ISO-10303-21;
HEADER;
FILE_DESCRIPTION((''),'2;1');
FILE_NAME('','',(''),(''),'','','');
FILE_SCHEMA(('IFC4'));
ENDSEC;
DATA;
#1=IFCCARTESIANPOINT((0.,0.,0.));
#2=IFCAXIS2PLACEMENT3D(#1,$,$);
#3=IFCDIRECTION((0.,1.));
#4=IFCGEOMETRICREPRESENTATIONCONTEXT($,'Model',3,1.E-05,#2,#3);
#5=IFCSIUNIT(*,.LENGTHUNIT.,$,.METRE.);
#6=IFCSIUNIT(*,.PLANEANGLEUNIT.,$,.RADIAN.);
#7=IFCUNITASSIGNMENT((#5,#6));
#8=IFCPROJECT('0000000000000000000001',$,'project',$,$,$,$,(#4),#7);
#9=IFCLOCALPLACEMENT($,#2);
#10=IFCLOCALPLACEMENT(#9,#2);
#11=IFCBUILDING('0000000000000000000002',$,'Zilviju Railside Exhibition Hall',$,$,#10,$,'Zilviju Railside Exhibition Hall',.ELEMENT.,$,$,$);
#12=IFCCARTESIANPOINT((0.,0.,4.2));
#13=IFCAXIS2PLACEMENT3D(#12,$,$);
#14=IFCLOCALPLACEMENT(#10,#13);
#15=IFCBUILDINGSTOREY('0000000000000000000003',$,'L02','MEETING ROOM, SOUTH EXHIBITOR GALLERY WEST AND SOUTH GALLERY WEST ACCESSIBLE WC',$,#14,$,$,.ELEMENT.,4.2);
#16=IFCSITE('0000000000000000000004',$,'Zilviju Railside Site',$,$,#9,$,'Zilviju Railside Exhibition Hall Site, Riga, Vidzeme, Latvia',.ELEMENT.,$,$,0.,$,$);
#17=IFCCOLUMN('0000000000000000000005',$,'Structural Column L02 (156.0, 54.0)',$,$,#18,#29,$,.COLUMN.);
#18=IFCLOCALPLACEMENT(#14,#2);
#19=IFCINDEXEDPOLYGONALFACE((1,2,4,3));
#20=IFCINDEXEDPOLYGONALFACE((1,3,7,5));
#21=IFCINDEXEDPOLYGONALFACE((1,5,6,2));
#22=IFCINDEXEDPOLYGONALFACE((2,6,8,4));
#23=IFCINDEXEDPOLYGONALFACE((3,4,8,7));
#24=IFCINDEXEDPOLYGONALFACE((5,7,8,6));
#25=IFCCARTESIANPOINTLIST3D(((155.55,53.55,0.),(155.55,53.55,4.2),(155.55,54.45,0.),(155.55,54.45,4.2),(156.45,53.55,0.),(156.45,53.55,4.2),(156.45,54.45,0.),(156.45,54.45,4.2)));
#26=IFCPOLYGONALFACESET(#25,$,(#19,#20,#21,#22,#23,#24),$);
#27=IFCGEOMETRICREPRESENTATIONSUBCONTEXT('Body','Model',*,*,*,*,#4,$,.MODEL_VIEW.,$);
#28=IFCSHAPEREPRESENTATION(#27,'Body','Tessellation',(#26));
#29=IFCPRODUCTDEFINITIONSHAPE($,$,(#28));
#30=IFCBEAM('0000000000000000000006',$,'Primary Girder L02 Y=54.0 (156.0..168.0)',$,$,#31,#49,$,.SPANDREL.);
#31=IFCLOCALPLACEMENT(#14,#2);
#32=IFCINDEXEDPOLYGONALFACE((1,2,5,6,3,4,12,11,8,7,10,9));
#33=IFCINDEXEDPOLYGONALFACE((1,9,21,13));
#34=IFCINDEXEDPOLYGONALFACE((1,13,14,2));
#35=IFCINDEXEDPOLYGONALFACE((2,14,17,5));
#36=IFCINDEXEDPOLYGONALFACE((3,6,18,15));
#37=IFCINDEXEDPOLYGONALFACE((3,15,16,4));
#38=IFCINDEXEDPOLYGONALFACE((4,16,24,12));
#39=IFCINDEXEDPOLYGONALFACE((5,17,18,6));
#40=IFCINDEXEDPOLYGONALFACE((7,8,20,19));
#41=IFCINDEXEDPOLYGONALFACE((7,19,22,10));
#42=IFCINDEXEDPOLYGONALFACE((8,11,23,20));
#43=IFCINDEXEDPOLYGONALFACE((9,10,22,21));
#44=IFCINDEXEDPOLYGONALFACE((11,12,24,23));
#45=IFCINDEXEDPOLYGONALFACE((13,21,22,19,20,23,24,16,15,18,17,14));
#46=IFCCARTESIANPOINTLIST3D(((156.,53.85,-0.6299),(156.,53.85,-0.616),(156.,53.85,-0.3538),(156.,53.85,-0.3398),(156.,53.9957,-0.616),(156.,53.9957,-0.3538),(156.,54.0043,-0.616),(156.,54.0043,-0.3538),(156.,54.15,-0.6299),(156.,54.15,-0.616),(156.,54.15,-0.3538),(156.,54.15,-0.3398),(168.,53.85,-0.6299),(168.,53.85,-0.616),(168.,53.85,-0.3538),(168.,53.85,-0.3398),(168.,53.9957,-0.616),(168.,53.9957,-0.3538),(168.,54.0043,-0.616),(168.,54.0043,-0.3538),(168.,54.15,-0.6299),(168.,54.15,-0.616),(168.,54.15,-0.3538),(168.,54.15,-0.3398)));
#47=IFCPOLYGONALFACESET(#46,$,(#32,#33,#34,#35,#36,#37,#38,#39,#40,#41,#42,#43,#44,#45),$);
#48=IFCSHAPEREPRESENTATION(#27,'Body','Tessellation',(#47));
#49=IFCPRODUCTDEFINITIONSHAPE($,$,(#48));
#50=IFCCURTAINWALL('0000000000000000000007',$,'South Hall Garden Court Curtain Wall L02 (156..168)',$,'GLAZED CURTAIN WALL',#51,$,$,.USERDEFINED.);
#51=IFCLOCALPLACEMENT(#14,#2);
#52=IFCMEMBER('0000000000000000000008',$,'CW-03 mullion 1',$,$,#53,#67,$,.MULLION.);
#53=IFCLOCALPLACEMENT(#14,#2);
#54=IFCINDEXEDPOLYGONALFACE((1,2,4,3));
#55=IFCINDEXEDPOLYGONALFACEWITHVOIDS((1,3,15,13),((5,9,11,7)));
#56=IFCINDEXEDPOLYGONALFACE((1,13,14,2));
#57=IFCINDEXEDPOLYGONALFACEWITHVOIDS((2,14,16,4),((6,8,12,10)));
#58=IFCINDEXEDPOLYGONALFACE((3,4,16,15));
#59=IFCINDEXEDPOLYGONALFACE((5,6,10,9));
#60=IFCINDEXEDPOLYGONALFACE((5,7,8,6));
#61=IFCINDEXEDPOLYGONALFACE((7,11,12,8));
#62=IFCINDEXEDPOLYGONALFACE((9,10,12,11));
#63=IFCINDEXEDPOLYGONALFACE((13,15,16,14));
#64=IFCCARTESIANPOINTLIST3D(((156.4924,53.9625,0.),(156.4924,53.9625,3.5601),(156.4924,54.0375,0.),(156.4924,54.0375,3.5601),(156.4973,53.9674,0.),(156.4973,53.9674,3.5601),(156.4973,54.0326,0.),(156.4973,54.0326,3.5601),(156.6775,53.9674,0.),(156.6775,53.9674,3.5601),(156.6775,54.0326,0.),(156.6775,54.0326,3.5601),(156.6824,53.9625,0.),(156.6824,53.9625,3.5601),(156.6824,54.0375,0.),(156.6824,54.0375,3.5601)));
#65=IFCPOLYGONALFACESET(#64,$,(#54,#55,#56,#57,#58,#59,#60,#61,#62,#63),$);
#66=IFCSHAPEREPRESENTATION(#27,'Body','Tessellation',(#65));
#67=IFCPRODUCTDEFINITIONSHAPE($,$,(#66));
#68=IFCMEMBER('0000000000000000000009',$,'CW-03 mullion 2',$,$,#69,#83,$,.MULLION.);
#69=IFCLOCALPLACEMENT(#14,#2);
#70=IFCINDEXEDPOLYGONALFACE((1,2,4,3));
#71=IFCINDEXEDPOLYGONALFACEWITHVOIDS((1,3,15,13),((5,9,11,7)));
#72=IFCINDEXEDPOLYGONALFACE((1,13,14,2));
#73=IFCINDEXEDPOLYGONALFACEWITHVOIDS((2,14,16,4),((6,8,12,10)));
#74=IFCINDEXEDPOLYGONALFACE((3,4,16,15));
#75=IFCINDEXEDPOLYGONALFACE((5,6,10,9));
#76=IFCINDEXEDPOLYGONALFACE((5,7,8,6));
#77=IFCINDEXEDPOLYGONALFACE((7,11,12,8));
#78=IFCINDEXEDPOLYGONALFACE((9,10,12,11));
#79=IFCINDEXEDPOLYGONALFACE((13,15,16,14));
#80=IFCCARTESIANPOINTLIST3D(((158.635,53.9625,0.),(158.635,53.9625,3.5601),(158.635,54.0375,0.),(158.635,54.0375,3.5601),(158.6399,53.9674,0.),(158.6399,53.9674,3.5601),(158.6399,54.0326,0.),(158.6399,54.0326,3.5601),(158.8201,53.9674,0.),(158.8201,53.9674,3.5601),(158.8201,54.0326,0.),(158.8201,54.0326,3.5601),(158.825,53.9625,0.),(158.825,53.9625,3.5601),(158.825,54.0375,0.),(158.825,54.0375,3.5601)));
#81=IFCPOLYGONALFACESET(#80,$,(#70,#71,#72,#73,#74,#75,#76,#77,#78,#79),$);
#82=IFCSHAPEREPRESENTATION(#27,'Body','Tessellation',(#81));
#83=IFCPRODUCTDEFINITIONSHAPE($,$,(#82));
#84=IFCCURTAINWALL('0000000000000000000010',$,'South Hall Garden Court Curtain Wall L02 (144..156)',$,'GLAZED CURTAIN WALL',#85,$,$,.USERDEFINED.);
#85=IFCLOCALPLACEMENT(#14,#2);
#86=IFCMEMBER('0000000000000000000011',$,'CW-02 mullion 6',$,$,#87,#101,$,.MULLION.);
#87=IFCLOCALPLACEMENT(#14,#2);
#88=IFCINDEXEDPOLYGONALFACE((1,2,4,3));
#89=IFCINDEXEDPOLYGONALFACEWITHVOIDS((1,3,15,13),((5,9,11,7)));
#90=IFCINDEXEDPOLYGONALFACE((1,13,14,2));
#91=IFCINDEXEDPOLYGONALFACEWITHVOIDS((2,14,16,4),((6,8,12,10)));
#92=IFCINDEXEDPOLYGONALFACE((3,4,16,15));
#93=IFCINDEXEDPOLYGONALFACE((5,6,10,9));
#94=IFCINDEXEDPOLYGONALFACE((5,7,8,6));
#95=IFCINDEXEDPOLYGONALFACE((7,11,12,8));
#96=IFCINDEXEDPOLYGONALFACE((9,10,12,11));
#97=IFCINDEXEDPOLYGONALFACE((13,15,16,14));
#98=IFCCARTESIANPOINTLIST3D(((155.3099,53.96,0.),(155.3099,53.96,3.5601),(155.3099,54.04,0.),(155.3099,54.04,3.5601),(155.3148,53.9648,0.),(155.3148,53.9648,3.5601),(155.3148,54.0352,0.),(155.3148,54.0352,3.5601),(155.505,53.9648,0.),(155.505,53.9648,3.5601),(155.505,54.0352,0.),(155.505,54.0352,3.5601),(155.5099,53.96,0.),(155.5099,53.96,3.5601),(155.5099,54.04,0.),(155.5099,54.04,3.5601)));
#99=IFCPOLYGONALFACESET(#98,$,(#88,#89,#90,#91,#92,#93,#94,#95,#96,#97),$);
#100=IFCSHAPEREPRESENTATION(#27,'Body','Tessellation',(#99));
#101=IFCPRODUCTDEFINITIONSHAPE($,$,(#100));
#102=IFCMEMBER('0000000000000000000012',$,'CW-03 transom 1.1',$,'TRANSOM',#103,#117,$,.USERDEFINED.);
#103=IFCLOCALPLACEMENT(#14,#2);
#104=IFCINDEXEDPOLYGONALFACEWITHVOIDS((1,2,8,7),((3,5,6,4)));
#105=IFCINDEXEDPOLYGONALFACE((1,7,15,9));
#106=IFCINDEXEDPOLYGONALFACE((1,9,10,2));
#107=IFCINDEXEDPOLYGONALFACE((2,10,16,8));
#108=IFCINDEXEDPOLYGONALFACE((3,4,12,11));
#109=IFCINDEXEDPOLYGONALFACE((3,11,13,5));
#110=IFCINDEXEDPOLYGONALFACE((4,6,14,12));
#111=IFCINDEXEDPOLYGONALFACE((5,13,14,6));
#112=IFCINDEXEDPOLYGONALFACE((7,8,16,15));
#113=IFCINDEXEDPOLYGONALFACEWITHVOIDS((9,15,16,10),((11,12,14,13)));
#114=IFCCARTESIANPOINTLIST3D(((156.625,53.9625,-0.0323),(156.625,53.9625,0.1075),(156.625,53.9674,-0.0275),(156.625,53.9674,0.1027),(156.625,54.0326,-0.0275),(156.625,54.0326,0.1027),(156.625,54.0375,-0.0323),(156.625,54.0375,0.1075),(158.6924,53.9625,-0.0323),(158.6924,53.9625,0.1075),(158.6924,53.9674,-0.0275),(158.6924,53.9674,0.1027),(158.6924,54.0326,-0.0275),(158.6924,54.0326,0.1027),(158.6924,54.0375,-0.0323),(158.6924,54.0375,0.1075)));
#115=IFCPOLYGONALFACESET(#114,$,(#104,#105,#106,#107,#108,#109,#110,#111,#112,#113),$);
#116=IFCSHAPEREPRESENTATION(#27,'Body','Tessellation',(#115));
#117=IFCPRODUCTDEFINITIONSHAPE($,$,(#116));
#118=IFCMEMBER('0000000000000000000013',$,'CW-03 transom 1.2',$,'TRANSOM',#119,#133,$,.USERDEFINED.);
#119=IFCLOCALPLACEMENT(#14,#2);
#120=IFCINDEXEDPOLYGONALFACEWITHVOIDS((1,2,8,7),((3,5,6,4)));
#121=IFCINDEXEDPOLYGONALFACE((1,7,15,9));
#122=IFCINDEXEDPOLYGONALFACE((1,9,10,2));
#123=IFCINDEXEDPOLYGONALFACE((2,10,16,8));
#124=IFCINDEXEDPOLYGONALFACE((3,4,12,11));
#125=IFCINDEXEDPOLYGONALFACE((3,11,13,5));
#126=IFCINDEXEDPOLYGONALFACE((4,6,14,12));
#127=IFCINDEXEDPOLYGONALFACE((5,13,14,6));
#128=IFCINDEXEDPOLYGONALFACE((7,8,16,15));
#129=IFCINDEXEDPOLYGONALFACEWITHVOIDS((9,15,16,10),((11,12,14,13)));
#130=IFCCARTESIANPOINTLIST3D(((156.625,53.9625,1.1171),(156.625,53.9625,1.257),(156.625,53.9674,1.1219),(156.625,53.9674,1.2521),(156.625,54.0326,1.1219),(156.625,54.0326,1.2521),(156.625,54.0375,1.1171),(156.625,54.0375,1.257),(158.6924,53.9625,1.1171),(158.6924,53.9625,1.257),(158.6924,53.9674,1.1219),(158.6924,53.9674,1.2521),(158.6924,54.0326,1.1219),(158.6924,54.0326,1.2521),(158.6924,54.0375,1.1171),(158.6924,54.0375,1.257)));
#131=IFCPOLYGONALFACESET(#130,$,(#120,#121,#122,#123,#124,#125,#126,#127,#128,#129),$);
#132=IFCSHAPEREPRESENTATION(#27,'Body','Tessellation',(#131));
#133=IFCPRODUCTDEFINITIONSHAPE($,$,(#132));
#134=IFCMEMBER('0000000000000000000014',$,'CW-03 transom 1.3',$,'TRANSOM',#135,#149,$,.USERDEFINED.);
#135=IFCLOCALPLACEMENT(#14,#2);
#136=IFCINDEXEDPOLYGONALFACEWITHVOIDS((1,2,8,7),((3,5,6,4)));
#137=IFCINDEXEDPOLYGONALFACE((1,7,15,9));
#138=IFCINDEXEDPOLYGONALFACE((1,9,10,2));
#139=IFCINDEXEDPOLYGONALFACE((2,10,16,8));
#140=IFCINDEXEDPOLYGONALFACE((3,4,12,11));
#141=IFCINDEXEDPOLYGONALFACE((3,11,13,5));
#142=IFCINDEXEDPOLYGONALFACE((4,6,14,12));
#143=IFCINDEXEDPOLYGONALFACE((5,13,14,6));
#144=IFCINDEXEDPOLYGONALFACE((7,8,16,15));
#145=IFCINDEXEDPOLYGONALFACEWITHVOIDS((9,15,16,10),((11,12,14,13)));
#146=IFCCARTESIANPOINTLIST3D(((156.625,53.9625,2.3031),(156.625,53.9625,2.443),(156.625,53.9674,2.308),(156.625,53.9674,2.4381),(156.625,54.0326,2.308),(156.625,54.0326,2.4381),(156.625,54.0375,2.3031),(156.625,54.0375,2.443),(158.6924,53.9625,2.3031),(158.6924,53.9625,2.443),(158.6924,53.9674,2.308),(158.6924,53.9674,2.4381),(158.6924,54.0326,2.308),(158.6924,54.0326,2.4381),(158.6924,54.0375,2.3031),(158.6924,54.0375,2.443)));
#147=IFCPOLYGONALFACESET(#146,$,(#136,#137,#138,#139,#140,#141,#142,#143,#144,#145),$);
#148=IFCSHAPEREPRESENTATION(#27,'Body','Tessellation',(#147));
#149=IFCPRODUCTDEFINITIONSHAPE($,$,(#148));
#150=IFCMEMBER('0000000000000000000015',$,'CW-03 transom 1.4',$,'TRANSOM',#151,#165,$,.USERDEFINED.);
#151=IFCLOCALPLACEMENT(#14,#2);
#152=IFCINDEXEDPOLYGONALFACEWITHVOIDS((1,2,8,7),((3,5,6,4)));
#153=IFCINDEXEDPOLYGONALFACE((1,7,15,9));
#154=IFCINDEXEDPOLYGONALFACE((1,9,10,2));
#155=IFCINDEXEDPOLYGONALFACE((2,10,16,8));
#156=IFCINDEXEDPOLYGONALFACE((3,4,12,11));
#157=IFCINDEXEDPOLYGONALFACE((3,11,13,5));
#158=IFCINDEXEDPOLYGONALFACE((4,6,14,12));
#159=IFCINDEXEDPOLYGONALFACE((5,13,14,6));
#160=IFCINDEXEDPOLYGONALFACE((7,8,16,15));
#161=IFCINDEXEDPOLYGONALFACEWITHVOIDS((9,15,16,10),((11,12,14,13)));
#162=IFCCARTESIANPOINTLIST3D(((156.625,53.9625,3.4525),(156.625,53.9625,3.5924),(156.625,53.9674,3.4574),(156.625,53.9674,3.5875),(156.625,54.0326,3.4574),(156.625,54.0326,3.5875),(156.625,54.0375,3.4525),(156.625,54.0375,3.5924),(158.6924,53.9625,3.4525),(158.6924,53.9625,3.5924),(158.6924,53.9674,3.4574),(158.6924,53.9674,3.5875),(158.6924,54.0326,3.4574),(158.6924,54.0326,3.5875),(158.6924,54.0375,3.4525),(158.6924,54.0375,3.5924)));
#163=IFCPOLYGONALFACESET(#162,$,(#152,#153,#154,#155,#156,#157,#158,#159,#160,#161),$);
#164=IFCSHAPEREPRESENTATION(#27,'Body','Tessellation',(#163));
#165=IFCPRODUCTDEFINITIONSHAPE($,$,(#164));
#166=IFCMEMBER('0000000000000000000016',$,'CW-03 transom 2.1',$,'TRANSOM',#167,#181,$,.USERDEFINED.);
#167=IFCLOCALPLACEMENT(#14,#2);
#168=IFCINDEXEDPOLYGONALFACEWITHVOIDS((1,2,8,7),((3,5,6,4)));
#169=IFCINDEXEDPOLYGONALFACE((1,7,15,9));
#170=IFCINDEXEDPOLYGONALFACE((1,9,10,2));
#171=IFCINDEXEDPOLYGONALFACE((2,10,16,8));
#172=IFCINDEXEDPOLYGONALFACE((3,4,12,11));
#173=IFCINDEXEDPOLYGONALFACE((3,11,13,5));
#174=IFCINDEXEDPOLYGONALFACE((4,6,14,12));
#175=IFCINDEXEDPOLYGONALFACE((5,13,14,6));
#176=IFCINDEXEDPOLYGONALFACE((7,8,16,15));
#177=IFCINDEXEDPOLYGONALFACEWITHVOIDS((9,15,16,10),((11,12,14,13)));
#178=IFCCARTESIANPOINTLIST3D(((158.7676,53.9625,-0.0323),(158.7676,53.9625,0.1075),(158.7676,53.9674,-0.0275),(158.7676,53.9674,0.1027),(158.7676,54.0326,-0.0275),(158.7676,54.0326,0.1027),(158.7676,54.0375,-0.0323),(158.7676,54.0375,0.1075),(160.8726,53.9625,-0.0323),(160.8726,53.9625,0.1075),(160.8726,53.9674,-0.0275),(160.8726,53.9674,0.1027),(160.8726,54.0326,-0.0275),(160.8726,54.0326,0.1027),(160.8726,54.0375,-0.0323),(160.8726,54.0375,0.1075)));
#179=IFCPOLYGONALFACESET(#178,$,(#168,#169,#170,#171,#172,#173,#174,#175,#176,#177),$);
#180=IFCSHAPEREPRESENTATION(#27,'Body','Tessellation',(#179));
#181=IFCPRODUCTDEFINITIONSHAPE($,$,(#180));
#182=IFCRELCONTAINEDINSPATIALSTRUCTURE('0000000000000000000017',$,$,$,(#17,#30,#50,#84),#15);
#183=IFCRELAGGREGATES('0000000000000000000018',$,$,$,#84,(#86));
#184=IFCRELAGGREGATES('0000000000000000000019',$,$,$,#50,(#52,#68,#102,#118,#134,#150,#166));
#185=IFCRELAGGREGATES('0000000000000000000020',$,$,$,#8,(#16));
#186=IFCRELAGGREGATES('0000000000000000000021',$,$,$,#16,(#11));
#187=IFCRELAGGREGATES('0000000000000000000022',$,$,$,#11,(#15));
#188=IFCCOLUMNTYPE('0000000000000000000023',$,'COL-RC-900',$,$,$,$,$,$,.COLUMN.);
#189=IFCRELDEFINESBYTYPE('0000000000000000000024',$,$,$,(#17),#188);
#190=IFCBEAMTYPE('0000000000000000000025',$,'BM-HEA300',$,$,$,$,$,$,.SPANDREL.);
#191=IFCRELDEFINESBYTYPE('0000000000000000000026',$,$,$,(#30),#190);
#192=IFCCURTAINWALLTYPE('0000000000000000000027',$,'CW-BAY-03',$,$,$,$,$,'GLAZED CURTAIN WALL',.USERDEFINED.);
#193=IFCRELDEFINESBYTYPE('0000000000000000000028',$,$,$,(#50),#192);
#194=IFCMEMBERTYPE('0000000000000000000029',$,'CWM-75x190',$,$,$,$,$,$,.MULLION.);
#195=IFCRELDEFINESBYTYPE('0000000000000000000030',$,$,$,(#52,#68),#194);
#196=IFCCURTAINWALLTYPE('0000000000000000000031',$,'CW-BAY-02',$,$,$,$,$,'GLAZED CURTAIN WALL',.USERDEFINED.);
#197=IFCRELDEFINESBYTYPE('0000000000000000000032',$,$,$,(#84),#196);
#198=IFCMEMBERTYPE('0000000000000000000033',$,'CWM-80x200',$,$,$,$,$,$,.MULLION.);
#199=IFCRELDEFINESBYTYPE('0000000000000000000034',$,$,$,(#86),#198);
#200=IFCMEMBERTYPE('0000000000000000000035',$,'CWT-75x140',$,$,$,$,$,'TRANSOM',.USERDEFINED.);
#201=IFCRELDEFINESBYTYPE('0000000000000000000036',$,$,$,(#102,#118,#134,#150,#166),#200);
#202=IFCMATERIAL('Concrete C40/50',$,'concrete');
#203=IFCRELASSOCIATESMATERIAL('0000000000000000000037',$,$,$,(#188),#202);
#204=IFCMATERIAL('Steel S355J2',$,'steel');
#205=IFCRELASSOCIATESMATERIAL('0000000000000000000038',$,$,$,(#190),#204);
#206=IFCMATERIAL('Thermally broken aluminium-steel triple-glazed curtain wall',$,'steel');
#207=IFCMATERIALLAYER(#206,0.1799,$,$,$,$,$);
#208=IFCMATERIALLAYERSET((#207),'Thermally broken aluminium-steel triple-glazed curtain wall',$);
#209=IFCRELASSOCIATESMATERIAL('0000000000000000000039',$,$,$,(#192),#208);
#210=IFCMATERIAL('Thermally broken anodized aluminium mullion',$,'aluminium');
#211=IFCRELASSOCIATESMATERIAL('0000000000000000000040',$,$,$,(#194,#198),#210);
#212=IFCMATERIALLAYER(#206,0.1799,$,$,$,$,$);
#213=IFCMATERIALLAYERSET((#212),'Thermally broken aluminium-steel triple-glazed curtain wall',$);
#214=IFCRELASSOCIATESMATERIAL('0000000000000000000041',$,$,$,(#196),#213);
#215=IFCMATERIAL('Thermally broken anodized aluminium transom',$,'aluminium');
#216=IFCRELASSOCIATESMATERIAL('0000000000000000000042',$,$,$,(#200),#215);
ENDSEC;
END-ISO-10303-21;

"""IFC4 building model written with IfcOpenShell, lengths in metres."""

from ifc_helpers import new_model, si_unit, direction, frame, origin, origin_2d, place, context, subcontext, project, spatial, rectangle, hollow_rectangle, i_section, extrude, material, layer, layer_set, material_profile, profile_set, type_object, element, aggregate, save


model = new_model("IFC4")

# Units and contexts
model_context = context("Model", 3, precision=1e-05, world=origin(), true_north=direction((0.0, 1.0)))
body_context = subcontext(model_context, "Body", "Model", "MODEL_VIEW")
ifc_project = project(units=[si_unit("LENGTHUNIT", "METRE"), si_unit("PLANEANGLEUNIT", "RADIAN")], contexts=[model_context])

# Site, building, storey
site_placement = place(None, origin())
site = spatial("IfcSite", under=ifc_project, at=site_placement, Name="Zilviju Railside Site", LongName="Zilviju Railside Exhibition Hall Site, Riga, Vidzeme, Latvia", CompositionType="ELEMENT", RefElevation=0.0)
building_placement = place(site_placement, origin())
building = spatial("IfcBuilding", under=site, at=building_placement, Name="Zilviju Railside Exhibition Hall", LongName="Zilviju Railside Exhibition Hall", CompositionType="ELEMENT")
storey_placement = place(building_placement, frame((0.0, 0.0, 4.2)))
storey = spatial("IfcBuildingStorey", under=building, at=storey_placement, Name="L02", Description="MEETING ROOM, SOUTH EXHIBITOR GALLERY WEST AND SOUTH GALLERY WEST ACCESSIBLE WC", CompositionType="ELEMENT", Elevation=4.2)

# Column
ifc_material_1 = material(Name="Concrete C40/50", Category="concrete")
ifc_material_profile_1 = material_profile(ifc_material_1, rectangle(XDim=0.8999, YDim=0.8999, at=origin_2d()), Name="RC COL 900x900")
ifc_profile_set_1 = profile_set([ifc_material_profile_1], Name="Concrete C40/50")
column_type = type_object("IfcColumnType", Name="COL-RC-900", PredefinedType="COLUMN", material=ifc_profile_set_1)
column_placement = place(storey_placement, frame((156.0, 54.0, 0.0), z_axis=(0.0, 0.0, 1.0), x_axis=(1.0, 0.0, 0.0)))
element("IfcColumn", 1, at=column_placement, inside=storey, type_object=column_type, Name="Structural Column L02 (156.0, 54.0)", PredefinedType="COLUMN", context=body_context, shape_type="SweptSolid", body=[
    extrude(rectangle(XDim=0.8999, YDim=0.8999, at=origin_2d()), origin(), (0.0, 0.0, 1.0), 4.2),
])

# Beam
ifc_material_2 = material(Name="Steel S355J2", Category="steel")
ifc_material_profile_2 = material_profile(ifc_material_2, i_section(OverallWidth=0.3, OverallDepth=0.29, WebThickness=0.0085, FlangeThickness=0.0139, at=origin_2d()), Name="HEA 300")
ifc_profile_set_2 = profile_set([ifc_material_profile_2], Name="Steel S355J2")
beam_type = type_object("IfcBeamType", Name="BM-HEA300", PredefinedType="SPANDREL", material=ifc_profile_set_2)
beam_placement = place(storey_placement, frame((156.0, 54.0, -0.4849), z_axis=(1.0, 0.0, 0.0), x_axis=(0.0, 1.0, 0.0)))
element("IfcBeam", 2, at=beam_placement, inside=storey, type_object=beam_type, Name="Primary Girder L02 Y=54.0 (156.0..168.0)", PredefinedType="SPANDREL", context=body_context, shape_type="SweptSolid", body=[
    extrude(i_section(OverallWidth=0.3, OverallDepth=0.29, WebThickness=0.0085, FlangeThickness=0.0139, at=origin_2d()), origin(), (0.0, 0.0, 1.0), 12.0),
])

# Curtain wall, members
ifc_material_3 = material(Name="Thermally broken aluminium-steel triple-glazed curtain wall", Category="steel")
ifc_layer_1 = layer(ifc_material_3, 0.1799)
ifc_layer_set_1 = layer_set([ifc_layer_1], Name="Thermally broken aluminium-steel triple-glazed curtain wall")
curtain_wall_type_1 = type_object("IfcCurtainWallType", Name="CW-BAY-03", ElementType="GLAZED CURTAIN WALL", PredefinedType="USERDEFINED", material=ifc_layer_set_1)
curtain_wall_1_placement = place(storey_placement, origin())
curtain_wall_1 = element("IfcCurtainWall", 3, at=curtain_wall_1_placement, inside=storey, type_object=curtain_wall_type_1, Name="South Hall Garden Court Curtain Wall L02 (156..168)", ObjectType="GLAZED CURTAIN WALL", PredefinedType="USERDEFINED")
ifc_material_4 = material(Name="Thermally broken anodized aluminium mullion", Category="aluminium")
ifc_material_profile_3 = material_profile(ifc_material_4, hollow_rectangle(XDim=0.075, YDim=0.1899, WallThickness=0.0049, at=origin_2d()), Name="MULLION 190x75x5")
ifc_profile_set_3 = profile_set([ifc_material_profile_3], Name="Thermally broken anodized aluminium mullion")
member_type_1 = type_object("IfcMemberType", Name="CWM-75x190", PredefinedType="MULLION", material=ifc_profile_set_3)
member_1_placement = place(storey_placement, frame((156.5874, 54.0, 0.0), z_axis=(0.0, 0.0, 1.0), x_axis=(0.0, 1.0, 0.0)))
member_1 = element("IfcMember", 4, at=member_1_placement, type_object=member_type_1, Name="CW-03 mullion 1", PredefinedType="MULLION", context=body_context, shape_type="SweptSolid", body=[
    extrude(hollow_rectangle(XDim=0.075, YDim=0.1899, WallThickness=0.0049, at=origin_2d()), origin(), (0.0, 0.0, 1.0), 3.5601),
])
member_2_placement = place(storey_placement, frame((158.73, 54.0, 0.0), z_axis=(0.0, 0.0, 1.0), x_axis=(0.0, 1.0, 0.0)))
member_2 = element("IfcMember", 5, at=member_2_placement, type_object=member_type_1, Name="CW-03 mullion 2", PredefinedType="MULLION", context=body_context, shape_type="SweptSolid", body=[
    extrude(hollow_rectangle(XDim=0.075, YDim=0.1899, WallThickness=0.0049, at=origin_2d()), origin(), (0.0, 0.0, 1.0), 3.5601),
])

# Curtain wall, member
ifc_layer_2 = layer(ifc_material_3, 0.1799)
ifc_layer_set_2 = layer_set([ifc_layer_2], Name="Thermally broken aluminium-steel triple-glazed curtain wall")
curtain_wall_type_2 = type_object("IfcCurtainWallType", Name="CW-BAY-02", ElementType="GLAZED CURTAIN WALL", PredefinedType="USERDEFINED", material=ifc_layer_set_2)
curtain_wall_2_placement = place(storey_placement, origin())
curtain_wall_2 = element("IfcCurtainWall", 6, at=curtain_wall_2_placement, inside=storey, type_object=curtain_wall_type_2, Name="South Hall Garden Court Curtain Wall L02 (144..156)", ObjectType="GLAZED CURTAIN WALL", PredefinedType="USERDEFINED")
ifc_material_profile_4 = material_profile(ifc_material_4, hollow_rectangle(XDim=0.0801, YDim=0.2, WallThickness=0.0049, at=origin_2d()), Name="MULLION 200x80x5")
ifc_profile_set_4 = profile_set([ifc_material_profile_4], Name="Thermally broken anodized aluminium mullion")
member_type_2 = type_object("IfcMemberType", Name="CWM-80x200", PredefinedType="MULLION", material=ifc_profile_set_4)
member_3_placement = place(storey_placement, frame((155.4099, 54.0, 0.0), z_axis=(0.0, 0.0, 1.0), x_axis=(0.0, 1.0, 0.0)))
member_3 = element("IfcMember", 7, at=member_3_placement, type_object=member_type_2, Name="CW-02 mullion 6", PredefinedType="MULLION", context=body_context, shape_type="SweptSolid", body=[
    extrude(hollow_rectangle(XDim=0.0801, YDim=0.2, WallThickness=0.0049, at=origin_2d()), origin(), (0.0, 0.0, 1.0), 3.5601),
])

# Members
ifc_material_5 = material(Name="Thermally broken anodized aluminium transom", Category="aluminium")
ifc_material_profile_5 = material_profile(ifc_material_5, hollow_rectangle(XDim=0.075, YDim=0.1399, WallThickness=0.0049, at=origin_2d()), Name="TRANSOM 140x75x5")
ifc_profile_set_5 = profile_set([ifc_material_profile_5], Name="Thermally broken anodized aluminium transom")
member_type_3 = type_object("IfcMemberType", Name="CWT-75x140", ElementType="TRANSOM", PredefinedType="USERDEFINED", material=ifc_profile_set_5)
member_4_placement = place(storey_placement, frame((156.625, 54.0, 0.0376), z_axis=(1.0, 0.0, 0.0), x_axis=(0.0, 1.0, 0.0)))
member_4 = element("IfcMember", 8, at=member_4_placement, type_object=member_type_3, Name="CW-03 transom 1.1", ObjectType="TRANSOM", PredefinedType="USERDEFINED", context=body_context, shape_type="SweptSolid", body=[
    extrude(hollow_rectangle(XDim=0.075, YDim=0.1399, WallThickness=0.0049, at=origin_2d()), origin(), (0.0, 0.0, 1.0), 2.0674),
])
member_5_placement = place(storey_placement, frame((156.625, 54.0, 1.187), z_axis=(1.0, 0.0, 0.0), x_axis=(0.0, 1.0, 0.0)))
member_5 = element("IfcMember", 9, at=member_5_placement, type_object=member_type_3, Name="CW-03 transom 1.2", ObjectType="TRANSOM", PredefinedType="USERDEFINED", context=body_context, shape_type="SweptSolid", body=[
    extrude(hollow_rectangle(XDim=0.075, YDim=0.1399, WallThickness=0.0049, at=origin_2d()), origin(), (0.0, 0.0, 1.0), 2.0674),
])
member_6_placement = place(storey_placement, frame((156.625, 54.0, 2.373), z_axis=(1.0, 0.0, 0.0), x_axis=(0.0, 1.0, 0.0)))
member_6 = element("IfcMember", 10, at=member_6_placement, type_object=member_type_3, Name="CW-03 transom 1.3", ObjectType="TRANSOM", PredefinedType="USERDEFINED", context=body_context, shape_type="SweptSolid", body=[
    extrude(hollow_rectangle(XDim=0.075, YDim=0.1399, WallThickness=0.0049, at=origin_2d()), origin(), (0.0, 0.0, 1.0), 2.0674),
])
member_7_placement = place(storey_placement, frame((156.625, 54.0, 3.5225), z_axis=(1.0, 0.0, 0.0), x_axis=(0.0, 1.0, 0.0)))
member_7 = element("IfcMember", 11, at=member_7_placement, type_object=member_type_3, Name="CW-03 transom 1.4", ObjectType="TRANSOM", PredefinedType="USERDEFINED", context=body_context, shape_type="SweptSolid", body=[
    extrude(hollow_rectangle(XDim=0.075, YDim=0.1399, WallThickness=0.0049, at=origin_2d()), origin(), (0.0, 0.0, 1.0), 2.0674),
])
member_8_placement = place(storey_placement, frame((158.7676, 54.0, 0.0376), z_axis=(1.0, 0.0, 0.0), x_axis=(0.0, 1.0, 0.0)))
member_8 = element("IfcMember", 12, at=member_8_placement, type_object=member_type_3, Name="CW-03 transom 2.1", ObjectType="TRANSOM", PredefinedType="USERDEFINED", context=body_context, shape_type="SweptSolid", body=[
    extrude(hollow_rectangle(XDim=0.075, YDim=0.1399, WallThickness=0.0049, at=origin_2d()), origin(), (0.0, 0.0, 1.0), 2.105),
])

aggregate(curtain_wall_2, [member_3])
aggregate(curtain_wall_1, [member_1, member_2, member_4, member_5, member_6, member_7, member_8])

save(model, "model.ifc")
